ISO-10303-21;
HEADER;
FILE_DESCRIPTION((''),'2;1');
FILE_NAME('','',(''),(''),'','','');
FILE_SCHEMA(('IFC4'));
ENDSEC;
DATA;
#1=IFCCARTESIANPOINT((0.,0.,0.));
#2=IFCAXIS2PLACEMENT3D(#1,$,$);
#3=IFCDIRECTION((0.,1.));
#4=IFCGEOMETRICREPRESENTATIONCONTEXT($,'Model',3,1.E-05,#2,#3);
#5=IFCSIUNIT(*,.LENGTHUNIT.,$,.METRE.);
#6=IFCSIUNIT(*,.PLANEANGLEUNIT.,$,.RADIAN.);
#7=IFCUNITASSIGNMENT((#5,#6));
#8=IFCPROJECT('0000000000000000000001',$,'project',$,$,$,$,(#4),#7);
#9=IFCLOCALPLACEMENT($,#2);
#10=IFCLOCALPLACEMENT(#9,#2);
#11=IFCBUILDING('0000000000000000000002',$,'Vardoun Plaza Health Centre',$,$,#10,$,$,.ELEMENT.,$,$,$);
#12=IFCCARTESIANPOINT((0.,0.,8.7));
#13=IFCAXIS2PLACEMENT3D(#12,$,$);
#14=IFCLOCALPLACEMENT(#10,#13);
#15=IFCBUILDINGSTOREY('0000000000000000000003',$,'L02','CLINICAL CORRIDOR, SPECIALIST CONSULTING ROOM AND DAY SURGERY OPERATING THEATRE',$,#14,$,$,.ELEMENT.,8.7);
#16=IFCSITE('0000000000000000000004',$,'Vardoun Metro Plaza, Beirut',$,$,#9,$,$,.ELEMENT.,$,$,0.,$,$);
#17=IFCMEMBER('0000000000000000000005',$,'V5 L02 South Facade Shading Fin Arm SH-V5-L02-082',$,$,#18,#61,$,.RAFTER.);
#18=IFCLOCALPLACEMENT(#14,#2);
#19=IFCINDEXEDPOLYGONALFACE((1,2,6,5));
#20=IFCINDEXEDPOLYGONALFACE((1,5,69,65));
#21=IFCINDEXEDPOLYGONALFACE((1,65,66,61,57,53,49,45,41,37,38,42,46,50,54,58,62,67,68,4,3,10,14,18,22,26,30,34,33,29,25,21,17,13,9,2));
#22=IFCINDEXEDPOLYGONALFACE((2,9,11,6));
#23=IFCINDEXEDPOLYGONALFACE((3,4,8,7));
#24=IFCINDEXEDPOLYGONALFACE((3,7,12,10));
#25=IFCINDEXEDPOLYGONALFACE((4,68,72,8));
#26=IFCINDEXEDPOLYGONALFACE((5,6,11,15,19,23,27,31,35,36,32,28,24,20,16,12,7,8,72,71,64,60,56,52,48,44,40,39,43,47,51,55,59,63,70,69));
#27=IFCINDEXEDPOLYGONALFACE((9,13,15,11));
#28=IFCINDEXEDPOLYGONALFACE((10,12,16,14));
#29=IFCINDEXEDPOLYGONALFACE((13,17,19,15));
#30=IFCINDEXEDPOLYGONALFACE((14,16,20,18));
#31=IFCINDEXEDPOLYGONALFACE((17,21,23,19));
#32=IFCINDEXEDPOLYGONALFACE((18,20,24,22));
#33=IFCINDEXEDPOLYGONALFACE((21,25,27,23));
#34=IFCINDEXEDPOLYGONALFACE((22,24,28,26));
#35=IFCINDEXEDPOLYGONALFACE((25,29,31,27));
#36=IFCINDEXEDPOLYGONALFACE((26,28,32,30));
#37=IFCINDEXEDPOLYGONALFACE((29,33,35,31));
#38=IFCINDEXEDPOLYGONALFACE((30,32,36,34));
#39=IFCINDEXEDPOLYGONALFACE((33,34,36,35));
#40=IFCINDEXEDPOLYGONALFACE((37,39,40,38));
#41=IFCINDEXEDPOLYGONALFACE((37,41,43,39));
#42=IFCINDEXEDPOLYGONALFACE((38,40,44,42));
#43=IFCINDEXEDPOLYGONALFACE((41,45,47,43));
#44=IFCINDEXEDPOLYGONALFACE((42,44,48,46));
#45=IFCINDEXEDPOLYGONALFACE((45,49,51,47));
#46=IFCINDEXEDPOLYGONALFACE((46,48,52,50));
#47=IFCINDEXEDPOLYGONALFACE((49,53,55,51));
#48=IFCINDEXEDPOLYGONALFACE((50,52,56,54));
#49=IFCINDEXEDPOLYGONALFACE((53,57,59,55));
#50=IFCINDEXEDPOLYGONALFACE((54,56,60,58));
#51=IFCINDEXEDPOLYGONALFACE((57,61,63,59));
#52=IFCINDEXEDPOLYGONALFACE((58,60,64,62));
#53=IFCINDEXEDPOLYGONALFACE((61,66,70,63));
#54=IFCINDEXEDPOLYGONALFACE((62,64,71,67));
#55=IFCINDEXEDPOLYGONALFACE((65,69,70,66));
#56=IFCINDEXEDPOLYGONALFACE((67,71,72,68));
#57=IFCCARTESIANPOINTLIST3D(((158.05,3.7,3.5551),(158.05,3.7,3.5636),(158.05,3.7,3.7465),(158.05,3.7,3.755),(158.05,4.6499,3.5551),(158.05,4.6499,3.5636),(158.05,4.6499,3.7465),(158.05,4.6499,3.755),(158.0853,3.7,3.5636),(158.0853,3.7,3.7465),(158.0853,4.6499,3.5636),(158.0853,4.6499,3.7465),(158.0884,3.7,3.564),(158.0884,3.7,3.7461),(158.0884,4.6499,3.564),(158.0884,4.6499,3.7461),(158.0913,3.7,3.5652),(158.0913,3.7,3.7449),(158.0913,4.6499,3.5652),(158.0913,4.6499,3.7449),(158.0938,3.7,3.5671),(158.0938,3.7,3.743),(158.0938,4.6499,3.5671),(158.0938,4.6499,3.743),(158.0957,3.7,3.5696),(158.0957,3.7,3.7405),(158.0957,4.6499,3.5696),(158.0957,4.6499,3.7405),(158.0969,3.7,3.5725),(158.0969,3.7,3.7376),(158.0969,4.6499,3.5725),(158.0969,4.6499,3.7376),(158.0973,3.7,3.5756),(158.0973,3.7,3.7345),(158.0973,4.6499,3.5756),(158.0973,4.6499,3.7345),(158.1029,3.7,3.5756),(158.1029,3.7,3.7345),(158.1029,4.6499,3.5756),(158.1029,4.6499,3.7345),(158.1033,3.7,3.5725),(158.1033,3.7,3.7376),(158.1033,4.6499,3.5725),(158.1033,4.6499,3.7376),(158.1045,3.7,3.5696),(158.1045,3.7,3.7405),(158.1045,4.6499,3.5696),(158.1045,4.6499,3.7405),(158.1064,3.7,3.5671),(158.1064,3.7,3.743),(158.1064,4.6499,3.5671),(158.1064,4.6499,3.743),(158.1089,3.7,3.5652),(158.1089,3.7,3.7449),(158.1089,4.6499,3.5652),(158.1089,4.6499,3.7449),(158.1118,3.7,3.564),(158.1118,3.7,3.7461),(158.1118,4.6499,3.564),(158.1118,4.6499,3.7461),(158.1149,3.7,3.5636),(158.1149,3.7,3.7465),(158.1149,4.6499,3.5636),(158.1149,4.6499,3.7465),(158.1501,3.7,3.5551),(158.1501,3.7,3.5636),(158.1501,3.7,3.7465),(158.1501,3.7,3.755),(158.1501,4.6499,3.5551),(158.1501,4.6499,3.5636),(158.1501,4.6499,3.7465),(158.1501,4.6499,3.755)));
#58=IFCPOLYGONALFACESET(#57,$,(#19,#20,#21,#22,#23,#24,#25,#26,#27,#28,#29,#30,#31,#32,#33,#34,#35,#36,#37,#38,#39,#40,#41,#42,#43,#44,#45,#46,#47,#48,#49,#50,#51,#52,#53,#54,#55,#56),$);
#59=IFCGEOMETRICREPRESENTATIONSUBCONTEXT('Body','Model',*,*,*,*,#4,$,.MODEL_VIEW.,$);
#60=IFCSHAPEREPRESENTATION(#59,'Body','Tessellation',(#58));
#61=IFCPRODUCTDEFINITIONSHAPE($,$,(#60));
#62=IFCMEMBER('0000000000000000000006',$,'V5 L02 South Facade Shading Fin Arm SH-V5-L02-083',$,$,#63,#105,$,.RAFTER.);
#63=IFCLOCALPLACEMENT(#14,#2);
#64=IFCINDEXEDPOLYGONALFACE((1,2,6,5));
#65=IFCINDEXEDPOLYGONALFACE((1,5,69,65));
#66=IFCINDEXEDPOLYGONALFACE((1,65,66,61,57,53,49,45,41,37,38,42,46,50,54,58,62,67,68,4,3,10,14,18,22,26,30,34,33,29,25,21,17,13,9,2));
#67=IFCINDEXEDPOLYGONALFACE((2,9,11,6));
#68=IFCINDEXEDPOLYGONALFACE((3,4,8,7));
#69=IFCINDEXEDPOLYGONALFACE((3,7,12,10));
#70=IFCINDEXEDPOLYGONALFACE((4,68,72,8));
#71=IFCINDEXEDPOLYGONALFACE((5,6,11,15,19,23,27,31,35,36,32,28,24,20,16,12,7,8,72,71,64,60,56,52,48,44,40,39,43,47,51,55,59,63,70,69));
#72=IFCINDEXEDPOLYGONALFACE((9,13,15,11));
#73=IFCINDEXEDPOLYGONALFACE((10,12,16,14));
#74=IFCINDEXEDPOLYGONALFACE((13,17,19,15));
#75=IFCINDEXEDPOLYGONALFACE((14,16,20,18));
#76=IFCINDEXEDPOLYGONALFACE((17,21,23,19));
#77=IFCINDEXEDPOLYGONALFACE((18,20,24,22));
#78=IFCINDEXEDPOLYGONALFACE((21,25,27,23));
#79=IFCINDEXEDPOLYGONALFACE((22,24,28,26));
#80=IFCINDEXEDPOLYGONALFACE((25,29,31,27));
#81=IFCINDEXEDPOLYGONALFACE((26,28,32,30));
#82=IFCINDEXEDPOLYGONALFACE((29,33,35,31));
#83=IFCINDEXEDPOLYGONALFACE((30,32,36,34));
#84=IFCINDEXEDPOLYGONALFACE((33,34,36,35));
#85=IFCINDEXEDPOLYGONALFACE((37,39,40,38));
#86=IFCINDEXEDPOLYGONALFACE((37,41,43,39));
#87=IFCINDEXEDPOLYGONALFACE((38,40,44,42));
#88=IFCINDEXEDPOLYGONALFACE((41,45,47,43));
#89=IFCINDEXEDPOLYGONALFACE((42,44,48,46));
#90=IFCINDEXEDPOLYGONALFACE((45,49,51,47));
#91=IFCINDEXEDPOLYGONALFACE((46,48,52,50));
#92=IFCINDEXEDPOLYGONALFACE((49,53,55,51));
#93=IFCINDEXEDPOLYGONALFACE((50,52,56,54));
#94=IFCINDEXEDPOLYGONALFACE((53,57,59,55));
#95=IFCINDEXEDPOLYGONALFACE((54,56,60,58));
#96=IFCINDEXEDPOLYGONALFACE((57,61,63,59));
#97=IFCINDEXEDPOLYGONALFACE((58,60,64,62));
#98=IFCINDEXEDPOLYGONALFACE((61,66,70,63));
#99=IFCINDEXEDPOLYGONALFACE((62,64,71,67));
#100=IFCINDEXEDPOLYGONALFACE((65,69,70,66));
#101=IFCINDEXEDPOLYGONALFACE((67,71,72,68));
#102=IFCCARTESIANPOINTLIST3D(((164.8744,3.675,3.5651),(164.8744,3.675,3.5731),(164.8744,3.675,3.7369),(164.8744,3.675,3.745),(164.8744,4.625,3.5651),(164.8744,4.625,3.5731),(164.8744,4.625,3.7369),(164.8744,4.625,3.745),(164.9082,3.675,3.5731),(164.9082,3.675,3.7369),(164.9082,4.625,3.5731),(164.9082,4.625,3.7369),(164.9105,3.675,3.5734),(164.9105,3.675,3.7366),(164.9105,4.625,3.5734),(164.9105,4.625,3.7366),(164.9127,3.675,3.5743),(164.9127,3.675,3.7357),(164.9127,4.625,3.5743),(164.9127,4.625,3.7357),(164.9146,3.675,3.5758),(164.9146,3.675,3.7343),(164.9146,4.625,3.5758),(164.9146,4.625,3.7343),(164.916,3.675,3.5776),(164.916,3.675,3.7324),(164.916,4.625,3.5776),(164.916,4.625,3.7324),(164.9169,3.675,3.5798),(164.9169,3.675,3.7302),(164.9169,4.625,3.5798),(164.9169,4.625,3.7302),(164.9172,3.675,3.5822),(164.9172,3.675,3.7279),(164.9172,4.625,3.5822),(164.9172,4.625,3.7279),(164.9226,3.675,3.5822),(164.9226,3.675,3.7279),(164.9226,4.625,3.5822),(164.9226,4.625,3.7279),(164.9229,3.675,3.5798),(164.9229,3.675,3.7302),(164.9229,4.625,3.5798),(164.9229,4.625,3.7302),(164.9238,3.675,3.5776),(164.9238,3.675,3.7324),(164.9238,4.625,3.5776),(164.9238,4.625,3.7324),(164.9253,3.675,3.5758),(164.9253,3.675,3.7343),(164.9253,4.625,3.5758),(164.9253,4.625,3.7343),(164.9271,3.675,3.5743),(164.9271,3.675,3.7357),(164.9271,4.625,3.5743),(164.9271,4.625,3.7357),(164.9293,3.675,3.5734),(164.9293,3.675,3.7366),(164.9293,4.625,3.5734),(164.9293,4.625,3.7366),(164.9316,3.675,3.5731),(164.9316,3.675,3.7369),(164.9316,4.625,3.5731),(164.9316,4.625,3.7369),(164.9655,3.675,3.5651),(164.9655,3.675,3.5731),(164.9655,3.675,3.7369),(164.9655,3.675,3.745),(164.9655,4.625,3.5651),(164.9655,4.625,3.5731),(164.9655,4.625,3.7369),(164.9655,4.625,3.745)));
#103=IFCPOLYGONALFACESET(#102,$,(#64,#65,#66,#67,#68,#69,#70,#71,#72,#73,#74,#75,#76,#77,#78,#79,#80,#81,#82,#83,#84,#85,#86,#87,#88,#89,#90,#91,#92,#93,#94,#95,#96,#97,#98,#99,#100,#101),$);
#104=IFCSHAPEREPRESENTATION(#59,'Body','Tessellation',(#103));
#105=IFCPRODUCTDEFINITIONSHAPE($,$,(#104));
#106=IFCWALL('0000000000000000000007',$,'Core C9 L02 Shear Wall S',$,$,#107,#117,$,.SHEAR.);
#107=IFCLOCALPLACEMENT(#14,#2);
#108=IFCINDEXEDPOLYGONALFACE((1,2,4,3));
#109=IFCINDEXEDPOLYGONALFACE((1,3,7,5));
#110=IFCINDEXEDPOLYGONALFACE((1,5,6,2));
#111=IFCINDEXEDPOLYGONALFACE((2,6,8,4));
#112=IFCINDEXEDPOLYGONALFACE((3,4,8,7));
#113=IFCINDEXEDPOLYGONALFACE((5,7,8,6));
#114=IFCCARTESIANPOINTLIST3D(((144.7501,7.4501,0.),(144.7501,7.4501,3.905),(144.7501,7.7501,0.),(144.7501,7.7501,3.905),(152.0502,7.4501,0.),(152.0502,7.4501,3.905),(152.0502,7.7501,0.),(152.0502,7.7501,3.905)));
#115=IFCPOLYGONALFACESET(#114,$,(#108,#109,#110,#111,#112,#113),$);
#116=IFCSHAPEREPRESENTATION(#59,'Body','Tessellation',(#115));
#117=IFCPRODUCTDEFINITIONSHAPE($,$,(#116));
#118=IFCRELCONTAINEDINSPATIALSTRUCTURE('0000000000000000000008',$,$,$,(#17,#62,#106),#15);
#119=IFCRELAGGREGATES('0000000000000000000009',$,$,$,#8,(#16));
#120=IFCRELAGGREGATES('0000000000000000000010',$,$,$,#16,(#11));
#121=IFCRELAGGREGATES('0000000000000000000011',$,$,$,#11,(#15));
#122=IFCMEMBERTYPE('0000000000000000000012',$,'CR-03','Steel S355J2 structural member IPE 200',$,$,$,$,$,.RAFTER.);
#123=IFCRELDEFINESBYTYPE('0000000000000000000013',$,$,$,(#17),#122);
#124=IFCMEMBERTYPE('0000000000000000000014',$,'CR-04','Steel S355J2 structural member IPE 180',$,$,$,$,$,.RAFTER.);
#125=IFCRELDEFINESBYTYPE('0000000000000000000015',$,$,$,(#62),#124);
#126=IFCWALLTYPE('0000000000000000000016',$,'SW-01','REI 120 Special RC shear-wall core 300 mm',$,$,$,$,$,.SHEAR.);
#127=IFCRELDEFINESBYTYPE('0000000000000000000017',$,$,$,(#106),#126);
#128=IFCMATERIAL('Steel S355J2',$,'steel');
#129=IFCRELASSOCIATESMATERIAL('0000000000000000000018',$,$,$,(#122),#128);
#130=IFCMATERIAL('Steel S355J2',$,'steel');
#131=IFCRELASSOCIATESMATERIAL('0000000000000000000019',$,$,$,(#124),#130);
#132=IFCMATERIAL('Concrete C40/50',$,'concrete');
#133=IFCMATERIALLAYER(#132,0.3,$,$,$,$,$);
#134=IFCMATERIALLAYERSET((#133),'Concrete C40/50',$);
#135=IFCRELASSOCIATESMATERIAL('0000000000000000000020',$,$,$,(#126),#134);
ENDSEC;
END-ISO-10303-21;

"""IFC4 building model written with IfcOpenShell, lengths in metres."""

from ifc_helpers import new_model, si_unit, direction, frame, frame_2d, origin, origin_2d, place, context, subcontext, project, spatial, rectangle, i_section, extrude, material, layer, layer_set, material_profile, profile_set, type_object, element, save


model = new_model("IFC4")

# Units and contexts
model_context = context("Model", 3, precision=1e-05, world=origin(), true_north=direction((0.0, 1.0)))
body_context = subcontext(model_context, "Body", "Model", "MODEL_VIEW")
ifc_project = project(units=[si_unit("LENGTHUNIT", "METRE"), si_unit("PLANEANGLEUNIT", "RADIAN")], contexts=[model_context])

# Site, building, storey
site_placement = place(None, origin())
site = spatial("IfcSite", under=ifc_project, at=site_placement, Name="Vardoun Metro Plaza, Beirut", CompositionType="ELEMENT", RefElevation=0.0)
building_placement = place(site_placement, origin())
building = spatial("IfcBuilding", under=site, at=building_placement, Name="Vardoun Plaza Health Centre", CompositionType="ELEMENT")
storey_placement = place(building_placement, frame((0.0, 0.0, 8.7)))
storey = spatial("IfcBuildingStorey", under=building, at=storey_placement, Name="L02", Description="CLINICAL CORRIDOR, SPECIALIST CONSULTING ROOM AND DAY SURGERY OPERATING THEATRE", CompositionType="ELEMENT", Elevation=8.7)

# Members
ifc_material_1 = material(Name="Steel S355J2", Category="steel")
ifc_material_profile_1 = material_profile(ifc_material_1, i_section(OverallWidth=0.1001, OverallDepth=0.2, WebThickness=0.0056, FlangeThickness=0.0085, FilletRadius=0.012, at=origin_2d()), Name="IPE 200")
ifc_profile_set_1 = profile_set([ifc_material_profile_1], Name="Steel S355J2")
member_type_1 = type_object("IfcMemberType", Name="CR-03", Description="Steel S355J2 structural member IPE 200", PredefinedType="RAFTER", material=ifc_profile_set_1)
member_1_placement = place(storey_placement, frame((158.1001, 4.6499, 3.655), z_axis=(0.0, -1.0, 0.0), x_axis=(1.0, 0.0, 0.0)))
element("IfcMember", 1, at=member_1_placement, inside=storey, type_object=member_type_1, Name="V5 L02 South Facade Shading Fin Arm SH-V5-L02-082", PredefinedType="RAFTER", context=body_context, shape_type="SweptSolid", body=[
    extrude(i_section(OverallWidth=0.1001, OverallDepth=0.2, WebThickness=0.0056, FlangeThickness=0.0085, FilletRadius=0.012, at=origin_2d()), origin(), (0.0, 0.0, 1.0), 0.95),
])
ifc_material_2 = material(Name="Steel S355J2", Category="steel")
ifc_material_profile_2 = material_profile(ifc_material_2, i_section(OverallWidth=0.0911, OverallDepth=0.1799, WebThickness=0.0054, FlangeThickness=0.0081, FilletRadius=0.009, at=origin_2d()), Name="IPE 180")
ifc_profile_set_2 = profile_set([ifc_material_profile_2], Name="Steel S355J2")
member_type_2 = type_object("IfcMemberType", Name="CR-04", Description="Steel S355J2 structural member IPE 180", PredefinedType="RAFTER", material=ifc_profile_set_2)
member_2_placement = place(storey_placement, frame((164.9199, 4.625, 3.655), z_axis=(0.0, -1.0, 0.0), x_axis=(1.0, 0.0, 0.0)))
element("IfcMember", 2, at=member_2_placement, inside=storey, type_object=member_type_2, Name="V5 L02 South Facade Shading Fin Arm SH-V5-L02-083", PredefinedType="RAFTER", context=body_context, shape_type="SweptSolid", body=[
    extrude(i_section(OverallWidth=0.0911, OverallDepth=0.1799, WebThickness=0.0054, FlangeThickness=0.0081, FilletRadius=0.009, at=origin_2d()), origin(), (0.0, 0.0, 1.0), 0.95),
])

# Wall
ifc_material_3 = material(Name="Concrete C40/50", Category="concrete")
ifc_layer_1 = layer(ifc_material_3, 0.3)
ifc_layer_set_1 = layer_set([ifc_layer_1], Name="Concrete C40/50")
wall_type_1 = type_object("IfcWallType", Name="SW-01", Description="REI 120 Special RC shear-wall core 300 mm", PredefinedType="SHEAR", material=ifc_layer_set_1)
wall_1_placement = place(storey_placement, frame((152.05, 7.6001, 0.0), z_axis=(0.0, 0.0, 1.0), x_axis=(-1.0, 0.0, 0.0)))
element("IfcWall", 3, at=wall_1_placement, inside=storey, type_object=wall_type_1, Name="Core C9 L02 Shear Wall S", PredefinedType="SHEAR", context=body_context, shape_type="SweptSolid", body=[
    extrude(rectangle(XDim=7.3, YDim=0.3, at=frame_2d((3.6499, 0.0))), origin(), (0.0, 0.0, 1.0), 3.905),
])

save(model, "model.ifc")
